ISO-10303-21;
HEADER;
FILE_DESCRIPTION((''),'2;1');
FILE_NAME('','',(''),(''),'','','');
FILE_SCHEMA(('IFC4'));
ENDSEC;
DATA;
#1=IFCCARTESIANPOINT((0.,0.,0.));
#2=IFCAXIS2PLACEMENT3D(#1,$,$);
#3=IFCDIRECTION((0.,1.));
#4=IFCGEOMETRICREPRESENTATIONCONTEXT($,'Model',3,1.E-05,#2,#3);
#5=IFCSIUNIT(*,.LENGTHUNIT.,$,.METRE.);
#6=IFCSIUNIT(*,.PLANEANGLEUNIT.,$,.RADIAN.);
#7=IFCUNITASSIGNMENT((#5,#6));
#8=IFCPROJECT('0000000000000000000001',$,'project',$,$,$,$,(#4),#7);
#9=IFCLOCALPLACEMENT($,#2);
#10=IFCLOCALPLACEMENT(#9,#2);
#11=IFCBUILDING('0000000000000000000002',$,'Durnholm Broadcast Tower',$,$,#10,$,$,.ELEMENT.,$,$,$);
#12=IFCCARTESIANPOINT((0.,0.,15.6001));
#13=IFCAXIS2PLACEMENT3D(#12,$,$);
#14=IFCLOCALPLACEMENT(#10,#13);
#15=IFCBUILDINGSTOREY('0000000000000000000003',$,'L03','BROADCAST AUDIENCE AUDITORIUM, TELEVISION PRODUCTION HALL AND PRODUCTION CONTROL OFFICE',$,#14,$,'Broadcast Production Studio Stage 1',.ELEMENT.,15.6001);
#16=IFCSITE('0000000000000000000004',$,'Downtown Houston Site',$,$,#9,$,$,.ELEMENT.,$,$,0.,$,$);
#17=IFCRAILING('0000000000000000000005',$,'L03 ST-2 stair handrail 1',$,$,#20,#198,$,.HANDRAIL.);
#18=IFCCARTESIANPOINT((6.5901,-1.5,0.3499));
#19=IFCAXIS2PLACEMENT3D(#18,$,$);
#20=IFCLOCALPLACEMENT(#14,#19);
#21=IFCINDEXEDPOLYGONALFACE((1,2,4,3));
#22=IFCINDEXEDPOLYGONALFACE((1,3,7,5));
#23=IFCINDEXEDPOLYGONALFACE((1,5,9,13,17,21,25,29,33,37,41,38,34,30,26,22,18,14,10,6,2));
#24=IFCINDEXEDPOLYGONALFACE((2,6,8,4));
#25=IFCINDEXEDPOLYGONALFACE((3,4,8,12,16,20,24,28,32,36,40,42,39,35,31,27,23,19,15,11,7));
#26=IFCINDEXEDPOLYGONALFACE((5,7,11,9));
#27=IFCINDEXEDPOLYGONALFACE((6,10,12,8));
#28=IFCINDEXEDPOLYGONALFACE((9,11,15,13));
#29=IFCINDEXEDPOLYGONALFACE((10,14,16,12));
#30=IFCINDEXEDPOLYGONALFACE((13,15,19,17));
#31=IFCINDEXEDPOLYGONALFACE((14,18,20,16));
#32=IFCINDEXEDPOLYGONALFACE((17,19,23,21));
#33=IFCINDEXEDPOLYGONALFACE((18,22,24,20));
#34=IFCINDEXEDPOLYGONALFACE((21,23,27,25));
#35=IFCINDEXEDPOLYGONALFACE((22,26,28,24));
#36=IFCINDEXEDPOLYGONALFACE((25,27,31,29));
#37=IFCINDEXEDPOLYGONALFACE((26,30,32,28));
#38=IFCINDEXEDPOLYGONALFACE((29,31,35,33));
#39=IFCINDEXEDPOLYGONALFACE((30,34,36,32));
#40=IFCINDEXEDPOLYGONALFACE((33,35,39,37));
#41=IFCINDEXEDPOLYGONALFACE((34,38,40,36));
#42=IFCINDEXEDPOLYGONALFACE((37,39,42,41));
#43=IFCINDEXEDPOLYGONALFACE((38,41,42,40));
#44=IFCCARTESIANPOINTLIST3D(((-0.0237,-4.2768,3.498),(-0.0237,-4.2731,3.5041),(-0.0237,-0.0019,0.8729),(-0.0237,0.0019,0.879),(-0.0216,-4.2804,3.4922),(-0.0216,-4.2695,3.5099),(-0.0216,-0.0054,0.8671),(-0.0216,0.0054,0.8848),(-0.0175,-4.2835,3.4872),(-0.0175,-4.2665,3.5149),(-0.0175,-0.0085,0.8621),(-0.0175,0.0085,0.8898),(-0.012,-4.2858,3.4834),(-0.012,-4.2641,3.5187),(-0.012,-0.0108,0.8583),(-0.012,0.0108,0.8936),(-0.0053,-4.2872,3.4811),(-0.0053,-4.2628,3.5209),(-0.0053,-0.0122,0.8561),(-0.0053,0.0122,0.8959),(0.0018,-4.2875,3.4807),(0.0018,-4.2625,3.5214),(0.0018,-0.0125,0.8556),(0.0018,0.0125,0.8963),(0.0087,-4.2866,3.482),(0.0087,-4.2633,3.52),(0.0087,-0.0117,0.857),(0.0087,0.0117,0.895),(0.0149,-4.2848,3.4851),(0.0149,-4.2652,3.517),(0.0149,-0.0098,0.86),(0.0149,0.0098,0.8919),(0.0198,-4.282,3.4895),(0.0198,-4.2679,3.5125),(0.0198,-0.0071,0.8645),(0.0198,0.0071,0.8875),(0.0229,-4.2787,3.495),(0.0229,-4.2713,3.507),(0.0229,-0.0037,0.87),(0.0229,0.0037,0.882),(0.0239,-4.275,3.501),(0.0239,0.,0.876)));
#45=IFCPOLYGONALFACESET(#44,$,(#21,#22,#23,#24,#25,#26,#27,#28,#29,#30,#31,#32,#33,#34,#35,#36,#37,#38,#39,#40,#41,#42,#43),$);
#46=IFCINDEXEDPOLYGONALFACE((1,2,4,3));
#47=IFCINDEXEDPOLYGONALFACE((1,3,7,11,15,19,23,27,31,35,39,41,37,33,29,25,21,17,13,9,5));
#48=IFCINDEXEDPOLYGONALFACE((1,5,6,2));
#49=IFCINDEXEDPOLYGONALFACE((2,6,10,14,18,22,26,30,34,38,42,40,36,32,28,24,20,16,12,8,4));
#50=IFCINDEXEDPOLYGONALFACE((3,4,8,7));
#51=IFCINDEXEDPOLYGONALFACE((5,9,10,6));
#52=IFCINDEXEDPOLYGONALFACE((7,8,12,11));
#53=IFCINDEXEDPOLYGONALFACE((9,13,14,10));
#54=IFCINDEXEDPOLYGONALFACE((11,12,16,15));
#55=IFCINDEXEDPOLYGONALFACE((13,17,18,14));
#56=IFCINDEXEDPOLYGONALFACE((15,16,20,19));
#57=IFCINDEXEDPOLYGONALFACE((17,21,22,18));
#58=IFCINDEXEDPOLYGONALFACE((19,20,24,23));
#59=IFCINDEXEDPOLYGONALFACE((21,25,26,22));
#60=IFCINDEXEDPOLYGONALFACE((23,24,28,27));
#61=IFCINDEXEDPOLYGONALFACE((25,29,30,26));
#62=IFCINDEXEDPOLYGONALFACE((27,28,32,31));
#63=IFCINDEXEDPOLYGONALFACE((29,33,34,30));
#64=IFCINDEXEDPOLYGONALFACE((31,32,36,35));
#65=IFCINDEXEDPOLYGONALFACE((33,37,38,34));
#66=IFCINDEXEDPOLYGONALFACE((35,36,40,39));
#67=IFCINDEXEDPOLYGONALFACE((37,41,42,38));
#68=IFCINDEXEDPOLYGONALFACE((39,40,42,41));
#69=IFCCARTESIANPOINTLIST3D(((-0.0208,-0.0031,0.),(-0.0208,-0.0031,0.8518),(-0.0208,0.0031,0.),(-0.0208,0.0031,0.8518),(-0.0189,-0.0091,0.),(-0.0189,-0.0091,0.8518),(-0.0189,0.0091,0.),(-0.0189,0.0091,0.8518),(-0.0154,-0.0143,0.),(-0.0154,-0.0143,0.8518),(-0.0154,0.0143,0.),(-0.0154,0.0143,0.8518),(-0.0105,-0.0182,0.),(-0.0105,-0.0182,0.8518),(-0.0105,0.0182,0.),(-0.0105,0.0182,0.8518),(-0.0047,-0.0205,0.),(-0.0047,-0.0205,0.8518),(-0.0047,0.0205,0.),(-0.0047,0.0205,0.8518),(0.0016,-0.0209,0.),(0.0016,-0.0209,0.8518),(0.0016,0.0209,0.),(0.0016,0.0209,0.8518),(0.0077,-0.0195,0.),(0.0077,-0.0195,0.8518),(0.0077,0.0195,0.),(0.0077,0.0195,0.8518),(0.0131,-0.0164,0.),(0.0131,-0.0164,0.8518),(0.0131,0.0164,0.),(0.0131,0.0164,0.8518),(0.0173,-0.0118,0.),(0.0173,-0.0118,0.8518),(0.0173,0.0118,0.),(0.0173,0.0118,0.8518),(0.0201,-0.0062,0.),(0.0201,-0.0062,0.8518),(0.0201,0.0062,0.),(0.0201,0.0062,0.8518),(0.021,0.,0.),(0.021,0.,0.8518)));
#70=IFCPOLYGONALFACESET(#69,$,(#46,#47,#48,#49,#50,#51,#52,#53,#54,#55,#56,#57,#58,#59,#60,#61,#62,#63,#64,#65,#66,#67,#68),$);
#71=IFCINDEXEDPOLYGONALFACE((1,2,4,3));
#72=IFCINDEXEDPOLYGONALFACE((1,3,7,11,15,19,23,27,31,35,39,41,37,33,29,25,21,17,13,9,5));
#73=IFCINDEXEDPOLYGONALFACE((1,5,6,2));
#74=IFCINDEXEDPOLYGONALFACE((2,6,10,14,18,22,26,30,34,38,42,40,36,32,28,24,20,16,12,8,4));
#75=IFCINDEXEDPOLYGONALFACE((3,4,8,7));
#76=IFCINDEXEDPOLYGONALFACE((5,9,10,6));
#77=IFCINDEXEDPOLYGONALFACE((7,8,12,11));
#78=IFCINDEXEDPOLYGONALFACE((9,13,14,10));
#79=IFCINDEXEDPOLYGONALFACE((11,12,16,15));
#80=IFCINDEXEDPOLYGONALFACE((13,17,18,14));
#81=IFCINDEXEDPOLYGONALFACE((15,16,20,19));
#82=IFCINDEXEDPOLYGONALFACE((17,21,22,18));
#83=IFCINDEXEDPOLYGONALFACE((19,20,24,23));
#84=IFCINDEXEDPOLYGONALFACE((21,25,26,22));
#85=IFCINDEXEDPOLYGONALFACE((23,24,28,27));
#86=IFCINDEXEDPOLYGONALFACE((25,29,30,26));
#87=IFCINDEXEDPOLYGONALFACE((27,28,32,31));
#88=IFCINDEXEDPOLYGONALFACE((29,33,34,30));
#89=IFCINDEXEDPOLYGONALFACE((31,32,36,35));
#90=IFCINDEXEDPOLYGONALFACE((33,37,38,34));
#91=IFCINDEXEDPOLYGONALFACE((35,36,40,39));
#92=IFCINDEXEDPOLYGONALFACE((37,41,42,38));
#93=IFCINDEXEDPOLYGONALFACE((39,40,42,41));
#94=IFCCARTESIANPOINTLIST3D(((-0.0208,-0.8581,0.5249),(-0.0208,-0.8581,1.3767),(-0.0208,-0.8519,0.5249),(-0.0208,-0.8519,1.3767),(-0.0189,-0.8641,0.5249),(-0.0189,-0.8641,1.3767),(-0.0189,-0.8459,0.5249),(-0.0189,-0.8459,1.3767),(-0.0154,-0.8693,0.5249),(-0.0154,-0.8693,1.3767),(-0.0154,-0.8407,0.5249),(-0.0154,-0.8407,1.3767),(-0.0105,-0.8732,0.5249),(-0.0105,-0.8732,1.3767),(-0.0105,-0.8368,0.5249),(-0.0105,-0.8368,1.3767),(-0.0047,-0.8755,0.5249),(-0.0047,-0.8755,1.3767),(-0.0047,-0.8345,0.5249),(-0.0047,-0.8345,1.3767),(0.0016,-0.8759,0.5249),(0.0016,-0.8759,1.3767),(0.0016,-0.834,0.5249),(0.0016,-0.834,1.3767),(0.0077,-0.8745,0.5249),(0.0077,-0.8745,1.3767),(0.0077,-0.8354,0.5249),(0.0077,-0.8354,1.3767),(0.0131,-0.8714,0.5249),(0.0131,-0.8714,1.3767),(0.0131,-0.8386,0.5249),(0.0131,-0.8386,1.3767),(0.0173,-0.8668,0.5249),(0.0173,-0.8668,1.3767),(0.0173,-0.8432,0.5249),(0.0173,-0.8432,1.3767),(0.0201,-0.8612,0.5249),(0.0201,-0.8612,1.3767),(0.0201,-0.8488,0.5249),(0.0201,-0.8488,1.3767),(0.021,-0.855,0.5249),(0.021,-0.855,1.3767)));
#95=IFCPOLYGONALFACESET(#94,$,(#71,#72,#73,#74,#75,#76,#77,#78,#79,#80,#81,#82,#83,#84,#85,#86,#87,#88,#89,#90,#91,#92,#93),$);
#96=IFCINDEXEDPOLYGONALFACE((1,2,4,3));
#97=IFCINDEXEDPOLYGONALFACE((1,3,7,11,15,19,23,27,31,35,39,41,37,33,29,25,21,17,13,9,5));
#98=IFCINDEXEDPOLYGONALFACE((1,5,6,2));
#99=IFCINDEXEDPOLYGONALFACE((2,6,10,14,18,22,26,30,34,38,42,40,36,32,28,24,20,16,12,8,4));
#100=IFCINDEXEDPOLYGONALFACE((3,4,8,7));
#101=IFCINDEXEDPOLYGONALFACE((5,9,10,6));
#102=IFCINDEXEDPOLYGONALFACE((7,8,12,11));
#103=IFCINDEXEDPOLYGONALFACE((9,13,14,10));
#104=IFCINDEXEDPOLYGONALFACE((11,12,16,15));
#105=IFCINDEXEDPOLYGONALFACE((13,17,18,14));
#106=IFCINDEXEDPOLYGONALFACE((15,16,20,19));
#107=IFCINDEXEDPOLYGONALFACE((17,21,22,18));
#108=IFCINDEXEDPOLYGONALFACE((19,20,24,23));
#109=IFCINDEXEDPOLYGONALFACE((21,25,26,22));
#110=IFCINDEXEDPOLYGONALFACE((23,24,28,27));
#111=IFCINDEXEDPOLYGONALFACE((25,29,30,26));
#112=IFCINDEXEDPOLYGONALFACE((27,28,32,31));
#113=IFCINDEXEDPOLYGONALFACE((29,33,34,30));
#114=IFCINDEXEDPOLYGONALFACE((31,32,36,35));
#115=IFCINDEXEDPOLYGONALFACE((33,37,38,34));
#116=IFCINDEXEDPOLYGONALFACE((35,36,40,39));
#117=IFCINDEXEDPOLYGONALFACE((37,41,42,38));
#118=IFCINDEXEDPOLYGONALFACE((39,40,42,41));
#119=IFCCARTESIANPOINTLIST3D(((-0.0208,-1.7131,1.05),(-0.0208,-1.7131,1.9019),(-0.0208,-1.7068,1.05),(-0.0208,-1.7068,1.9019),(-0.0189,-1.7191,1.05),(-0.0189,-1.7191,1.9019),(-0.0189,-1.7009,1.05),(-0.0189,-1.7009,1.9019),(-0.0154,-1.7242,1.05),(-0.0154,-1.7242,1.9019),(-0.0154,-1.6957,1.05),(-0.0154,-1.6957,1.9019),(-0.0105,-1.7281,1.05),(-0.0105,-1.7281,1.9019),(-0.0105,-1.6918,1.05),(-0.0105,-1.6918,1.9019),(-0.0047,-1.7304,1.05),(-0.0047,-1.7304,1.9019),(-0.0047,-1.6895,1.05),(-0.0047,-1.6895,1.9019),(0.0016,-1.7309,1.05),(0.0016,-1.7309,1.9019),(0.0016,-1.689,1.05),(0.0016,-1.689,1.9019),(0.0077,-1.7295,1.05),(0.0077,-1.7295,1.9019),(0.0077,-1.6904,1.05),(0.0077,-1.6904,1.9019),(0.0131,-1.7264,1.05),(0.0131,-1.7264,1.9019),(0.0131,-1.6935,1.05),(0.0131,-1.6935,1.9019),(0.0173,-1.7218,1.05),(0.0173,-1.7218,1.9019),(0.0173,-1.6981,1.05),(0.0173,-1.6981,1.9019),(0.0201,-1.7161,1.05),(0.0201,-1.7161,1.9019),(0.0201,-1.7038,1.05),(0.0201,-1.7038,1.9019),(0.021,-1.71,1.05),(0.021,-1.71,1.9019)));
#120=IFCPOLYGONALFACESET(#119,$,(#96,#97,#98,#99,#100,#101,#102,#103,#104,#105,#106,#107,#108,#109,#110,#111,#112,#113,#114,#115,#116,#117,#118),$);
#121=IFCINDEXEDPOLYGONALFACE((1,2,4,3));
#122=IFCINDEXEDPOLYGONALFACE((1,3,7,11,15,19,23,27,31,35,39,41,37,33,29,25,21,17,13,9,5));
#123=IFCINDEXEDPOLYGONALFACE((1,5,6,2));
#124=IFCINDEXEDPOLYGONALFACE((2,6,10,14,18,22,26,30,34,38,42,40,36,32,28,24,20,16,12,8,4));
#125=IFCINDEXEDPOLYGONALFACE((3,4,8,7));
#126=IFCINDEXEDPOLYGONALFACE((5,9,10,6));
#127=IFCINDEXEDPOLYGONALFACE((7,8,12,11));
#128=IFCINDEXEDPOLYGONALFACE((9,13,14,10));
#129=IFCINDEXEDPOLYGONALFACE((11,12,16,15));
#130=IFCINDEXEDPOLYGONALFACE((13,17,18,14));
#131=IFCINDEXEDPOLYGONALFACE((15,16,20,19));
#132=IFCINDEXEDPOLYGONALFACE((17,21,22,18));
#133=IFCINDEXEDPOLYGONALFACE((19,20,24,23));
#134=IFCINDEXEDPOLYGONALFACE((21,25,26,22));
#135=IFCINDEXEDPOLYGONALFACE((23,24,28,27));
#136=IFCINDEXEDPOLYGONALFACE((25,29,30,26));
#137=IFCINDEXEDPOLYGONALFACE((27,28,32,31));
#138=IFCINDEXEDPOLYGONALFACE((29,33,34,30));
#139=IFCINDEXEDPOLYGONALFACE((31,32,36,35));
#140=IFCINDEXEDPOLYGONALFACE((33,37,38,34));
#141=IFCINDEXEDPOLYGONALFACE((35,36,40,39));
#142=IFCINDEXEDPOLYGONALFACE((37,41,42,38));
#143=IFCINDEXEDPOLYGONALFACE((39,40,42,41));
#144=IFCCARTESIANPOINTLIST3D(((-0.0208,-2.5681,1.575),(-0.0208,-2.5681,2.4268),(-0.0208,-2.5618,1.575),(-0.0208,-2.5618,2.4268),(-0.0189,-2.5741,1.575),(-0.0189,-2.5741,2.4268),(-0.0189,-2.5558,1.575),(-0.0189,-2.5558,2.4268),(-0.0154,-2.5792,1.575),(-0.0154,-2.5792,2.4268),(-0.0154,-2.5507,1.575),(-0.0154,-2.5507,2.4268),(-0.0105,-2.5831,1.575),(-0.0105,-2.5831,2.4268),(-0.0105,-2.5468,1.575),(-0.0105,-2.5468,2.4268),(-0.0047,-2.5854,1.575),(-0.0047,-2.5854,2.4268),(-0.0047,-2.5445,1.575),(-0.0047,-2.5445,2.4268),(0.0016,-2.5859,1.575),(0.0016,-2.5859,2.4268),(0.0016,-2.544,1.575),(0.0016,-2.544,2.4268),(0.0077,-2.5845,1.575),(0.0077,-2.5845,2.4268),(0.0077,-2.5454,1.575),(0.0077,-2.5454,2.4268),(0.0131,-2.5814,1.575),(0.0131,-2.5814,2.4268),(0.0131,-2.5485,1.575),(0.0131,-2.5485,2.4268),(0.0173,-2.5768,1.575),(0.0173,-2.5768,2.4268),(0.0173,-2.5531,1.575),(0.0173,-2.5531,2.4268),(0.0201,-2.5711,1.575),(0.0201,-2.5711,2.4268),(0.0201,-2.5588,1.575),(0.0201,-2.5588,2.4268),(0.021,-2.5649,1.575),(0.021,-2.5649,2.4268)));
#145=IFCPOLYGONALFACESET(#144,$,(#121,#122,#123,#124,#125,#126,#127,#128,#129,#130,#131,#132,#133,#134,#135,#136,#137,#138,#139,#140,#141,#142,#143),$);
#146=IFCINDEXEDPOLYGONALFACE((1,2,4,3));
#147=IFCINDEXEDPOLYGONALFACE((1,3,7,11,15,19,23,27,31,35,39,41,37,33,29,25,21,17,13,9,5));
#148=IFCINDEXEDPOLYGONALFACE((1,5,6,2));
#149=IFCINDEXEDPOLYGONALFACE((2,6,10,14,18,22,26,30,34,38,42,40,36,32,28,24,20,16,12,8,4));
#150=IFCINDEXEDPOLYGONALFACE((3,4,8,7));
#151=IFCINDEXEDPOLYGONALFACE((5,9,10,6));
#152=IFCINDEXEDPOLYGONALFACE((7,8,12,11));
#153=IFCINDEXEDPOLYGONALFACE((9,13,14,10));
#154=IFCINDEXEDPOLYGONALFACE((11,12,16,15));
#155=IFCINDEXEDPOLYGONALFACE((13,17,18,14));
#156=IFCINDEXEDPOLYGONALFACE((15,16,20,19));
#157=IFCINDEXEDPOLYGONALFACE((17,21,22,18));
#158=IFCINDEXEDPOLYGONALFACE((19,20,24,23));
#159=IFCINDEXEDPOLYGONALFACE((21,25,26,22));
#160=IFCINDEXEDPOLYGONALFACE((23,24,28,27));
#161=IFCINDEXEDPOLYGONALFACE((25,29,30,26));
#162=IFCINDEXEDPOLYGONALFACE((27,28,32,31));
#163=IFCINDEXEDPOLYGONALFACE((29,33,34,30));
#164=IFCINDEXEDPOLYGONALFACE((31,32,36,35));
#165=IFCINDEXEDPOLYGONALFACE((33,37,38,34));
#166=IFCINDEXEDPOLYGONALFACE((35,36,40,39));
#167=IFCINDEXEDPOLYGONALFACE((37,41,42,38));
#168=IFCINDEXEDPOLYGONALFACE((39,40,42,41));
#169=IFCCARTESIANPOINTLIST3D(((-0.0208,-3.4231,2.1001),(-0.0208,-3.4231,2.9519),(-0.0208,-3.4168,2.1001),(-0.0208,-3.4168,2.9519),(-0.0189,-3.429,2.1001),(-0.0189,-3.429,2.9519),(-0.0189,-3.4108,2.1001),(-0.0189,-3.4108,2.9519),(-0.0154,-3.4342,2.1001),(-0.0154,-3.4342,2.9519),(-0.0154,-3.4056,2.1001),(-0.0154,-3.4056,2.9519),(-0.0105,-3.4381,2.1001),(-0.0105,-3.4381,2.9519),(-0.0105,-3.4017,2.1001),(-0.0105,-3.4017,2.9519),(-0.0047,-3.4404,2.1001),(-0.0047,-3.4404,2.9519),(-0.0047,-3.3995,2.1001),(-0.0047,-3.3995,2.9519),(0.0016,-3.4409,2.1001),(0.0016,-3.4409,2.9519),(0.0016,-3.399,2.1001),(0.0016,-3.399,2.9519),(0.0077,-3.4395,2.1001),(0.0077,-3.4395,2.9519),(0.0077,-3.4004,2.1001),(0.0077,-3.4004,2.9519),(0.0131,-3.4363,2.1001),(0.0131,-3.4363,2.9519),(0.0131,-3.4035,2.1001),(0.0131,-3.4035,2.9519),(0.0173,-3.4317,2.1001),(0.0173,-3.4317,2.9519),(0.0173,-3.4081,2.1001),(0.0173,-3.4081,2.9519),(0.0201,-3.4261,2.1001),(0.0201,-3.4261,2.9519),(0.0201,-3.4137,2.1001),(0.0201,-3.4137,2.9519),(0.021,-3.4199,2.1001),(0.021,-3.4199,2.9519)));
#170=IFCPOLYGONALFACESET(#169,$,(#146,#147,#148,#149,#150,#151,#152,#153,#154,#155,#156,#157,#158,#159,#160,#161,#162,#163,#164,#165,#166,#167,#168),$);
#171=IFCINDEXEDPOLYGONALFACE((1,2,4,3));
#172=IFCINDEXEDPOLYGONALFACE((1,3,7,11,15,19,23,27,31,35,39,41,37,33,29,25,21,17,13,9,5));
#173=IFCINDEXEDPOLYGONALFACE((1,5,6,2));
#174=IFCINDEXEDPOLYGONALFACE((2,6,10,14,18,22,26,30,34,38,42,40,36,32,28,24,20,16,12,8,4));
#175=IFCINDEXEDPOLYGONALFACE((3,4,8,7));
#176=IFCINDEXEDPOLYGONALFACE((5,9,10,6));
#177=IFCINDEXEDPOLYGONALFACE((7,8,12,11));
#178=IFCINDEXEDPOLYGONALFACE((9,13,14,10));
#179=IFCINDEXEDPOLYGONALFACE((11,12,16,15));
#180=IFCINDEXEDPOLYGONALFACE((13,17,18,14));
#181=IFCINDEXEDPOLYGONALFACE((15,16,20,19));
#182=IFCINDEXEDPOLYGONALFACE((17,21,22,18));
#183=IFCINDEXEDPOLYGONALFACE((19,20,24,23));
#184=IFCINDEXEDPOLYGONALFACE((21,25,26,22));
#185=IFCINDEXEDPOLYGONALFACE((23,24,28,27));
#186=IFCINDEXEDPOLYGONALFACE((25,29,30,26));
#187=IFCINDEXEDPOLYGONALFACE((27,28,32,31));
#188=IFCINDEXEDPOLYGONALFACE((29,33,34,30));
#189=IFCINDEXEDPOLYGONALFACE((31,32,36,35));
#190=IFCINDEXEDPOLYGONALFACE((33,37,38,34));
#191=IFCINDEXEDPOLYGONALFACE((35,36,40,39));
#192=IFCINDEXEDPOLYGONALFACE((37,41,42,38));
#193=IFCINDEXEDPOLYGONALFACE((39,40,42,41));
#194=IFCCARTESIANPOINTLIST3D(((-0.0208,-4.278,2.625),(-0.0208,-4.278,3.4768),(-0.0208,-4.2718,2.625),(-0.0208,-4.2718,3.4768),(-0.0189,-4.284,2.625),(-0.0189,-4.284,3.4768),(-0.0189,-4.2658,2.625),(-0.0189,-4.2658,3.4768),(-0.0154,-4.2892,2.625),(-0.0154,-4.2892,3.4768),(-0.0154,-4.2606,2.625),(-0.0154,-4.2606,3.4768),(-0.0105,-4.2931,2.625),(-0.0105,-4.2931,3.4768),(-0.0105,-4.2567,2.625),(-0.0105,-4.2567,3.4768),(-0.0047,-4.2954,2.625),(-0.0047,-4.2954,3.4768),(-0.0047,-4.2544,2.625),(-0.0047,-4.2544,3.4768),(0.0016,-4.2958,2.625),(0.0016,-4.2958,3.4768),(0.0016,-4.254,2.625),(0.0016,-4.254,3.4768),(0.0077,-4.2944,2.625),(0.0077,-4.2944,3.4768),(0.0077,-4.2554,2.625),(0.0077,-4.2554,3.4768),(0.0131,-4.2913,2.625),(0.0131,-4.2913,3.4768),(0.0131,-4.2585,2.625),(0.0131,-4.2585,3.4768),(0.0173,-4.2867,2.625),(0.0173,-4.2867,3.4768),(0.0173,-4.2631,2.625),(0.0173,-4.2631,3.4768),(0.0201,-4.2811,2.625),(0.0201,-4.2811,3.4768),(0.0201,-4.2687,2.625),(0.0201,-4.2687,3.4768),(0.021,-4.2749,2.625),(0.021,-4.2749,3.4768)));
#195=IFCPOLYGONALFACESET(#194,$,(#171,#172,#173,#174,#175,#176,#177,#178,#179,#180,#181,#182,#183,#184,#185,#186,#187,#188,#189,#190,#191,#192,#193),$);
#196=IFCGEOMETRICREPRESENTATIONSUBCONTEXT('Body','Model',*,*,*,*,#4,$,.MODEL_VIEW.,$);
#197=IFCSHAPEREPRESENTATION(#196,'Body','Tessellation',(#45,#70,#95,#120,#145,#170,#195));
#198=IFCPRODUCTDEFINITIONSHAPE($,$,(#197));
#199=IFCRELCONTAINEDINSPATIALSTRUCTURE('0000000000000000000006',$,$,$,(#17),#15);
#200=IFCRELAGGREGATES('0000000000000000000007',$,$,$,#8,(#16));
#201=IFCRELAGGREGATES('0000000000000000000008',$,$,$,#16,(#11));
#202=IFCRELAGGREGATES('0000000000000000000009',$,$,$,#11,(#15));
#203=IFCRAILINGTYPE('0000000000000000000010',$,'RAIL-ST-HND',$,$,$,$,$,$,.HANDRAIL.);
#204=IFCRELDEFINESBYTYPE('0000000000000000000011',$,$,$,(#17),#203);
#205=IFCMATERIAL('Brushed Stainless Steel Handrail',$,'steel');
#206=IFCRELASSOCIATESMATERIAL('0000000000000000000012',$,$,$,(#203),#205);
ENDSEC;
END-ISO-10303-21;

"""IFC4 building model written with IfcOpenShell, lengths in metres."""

from ifc_helpers import new_model, si_unit, direction, frame, origin, origin_2d, place, context, subcontext, project, spatial, circle, extrude, material, type_object, element, save


model = new_model("IFC4")

# Units and contexts
model_context = context("Model", 3, precision=1e-05, world=origin(), true_north=direction((0.0, 1.0)))
body_context = subcontext(model_context, "Body", "Model", "MODEL_VIEW")
ifc_project = project(units=[si_unit("LENGTHUNIT", "METRE"), si_unit("PLANEANGLEUNIT", "RADIAN")], contexts=[model_context])

# Site, building, storey
site_placement = place(None, origin())
site = spatial("IfcSite", under=ifc_project, at=site_placement, Name="Downtown Houston Site", CompositionType="ELEMENT", RefElevation=0.0)
building_placement = place(site_placement, origin())
building = spatial("IfcBuilding", under=site, at=building_placement, Name="Durnholm Broadcast Tower", CompositionType="ELEMENT")
storey_placement = place(building_placement, frame((0.0, 0.0, 15.6001)))
storey = spatial("IfcBuildingStorey", under=building, at=storey_placement, Name="L03", Description="BROADCAST AUDIENCE AUDITORIUM, TELEVISION PRODUCTION HALL AND PRODUCTION CONTROL OFFICE", LongName="Broadcast Production Studio Stage 1", CompositionType="ELEMENT", Elevation=15.6001)

# Railing
ifc_material_1 = material(Name="Brushed Stainless Steel Handrail", Category="steel")
railing_type_1 = type_object("IfcRailingType", Name="RAIL-ST-HND", PredefinedType="HANDRAIL", material=ifc_material_1)
railing_1_placement = place(storey_placement, frame((6.5901, -1.5, 0.3499)))
element("IfcRailing", 1, at=railing_1_placement, inside=storey, type_object=railing_type_1, Name="L03 ST-2 stair handrail 1", PredefinedType="HANDRAIL", context=body_context, shape_type="SweptSolid", body=[
    extrude(circle(Radius=0.0239, at=origin_2d()), frame((0.0, 0.0, 0.876), z_axis=(0.0, -0.852166, 0.523272), x_axis=(1.0, 0.0, 0.0)), (0.0, 0.0, 1.0), 5.0166),
    extrude(circle(Radius=0.021, at=origin_2d()), origin(), (0.0, 0.0, 1.0), 0.8518),
    extrude(circle(Radius=0.021, at=origin_2d()), frame((0.0, -0.855, 0.5249)), (0.0, 0.0, 1.0), 0.8518),
    extrude(circle(Radius=0.021, at=origin_2d()), frame((0.0, -1.71, 1.05)), (0.0, 0.0, 1.0), 0.8518),
    extrude(circle(Radius=0.021, at=origin_2d()), frame((0.0, -2.5649, 1.575)), (0.0, 0.0, 1.0), 0.8518),
    extrude(circle(Radius=0.021, at=origin_2d()), frame((0.0, -3.4199, 2.1001)), (0.0, 0.0, 1.0), 0.8518),
    extrude(circle(Radius=0.021, at=origin_2d()), frame((0.0, -4.2749, 2.625)), (0.0, 0.0, 1.0), 0.8518),
])

save(model, "model.ifc")
